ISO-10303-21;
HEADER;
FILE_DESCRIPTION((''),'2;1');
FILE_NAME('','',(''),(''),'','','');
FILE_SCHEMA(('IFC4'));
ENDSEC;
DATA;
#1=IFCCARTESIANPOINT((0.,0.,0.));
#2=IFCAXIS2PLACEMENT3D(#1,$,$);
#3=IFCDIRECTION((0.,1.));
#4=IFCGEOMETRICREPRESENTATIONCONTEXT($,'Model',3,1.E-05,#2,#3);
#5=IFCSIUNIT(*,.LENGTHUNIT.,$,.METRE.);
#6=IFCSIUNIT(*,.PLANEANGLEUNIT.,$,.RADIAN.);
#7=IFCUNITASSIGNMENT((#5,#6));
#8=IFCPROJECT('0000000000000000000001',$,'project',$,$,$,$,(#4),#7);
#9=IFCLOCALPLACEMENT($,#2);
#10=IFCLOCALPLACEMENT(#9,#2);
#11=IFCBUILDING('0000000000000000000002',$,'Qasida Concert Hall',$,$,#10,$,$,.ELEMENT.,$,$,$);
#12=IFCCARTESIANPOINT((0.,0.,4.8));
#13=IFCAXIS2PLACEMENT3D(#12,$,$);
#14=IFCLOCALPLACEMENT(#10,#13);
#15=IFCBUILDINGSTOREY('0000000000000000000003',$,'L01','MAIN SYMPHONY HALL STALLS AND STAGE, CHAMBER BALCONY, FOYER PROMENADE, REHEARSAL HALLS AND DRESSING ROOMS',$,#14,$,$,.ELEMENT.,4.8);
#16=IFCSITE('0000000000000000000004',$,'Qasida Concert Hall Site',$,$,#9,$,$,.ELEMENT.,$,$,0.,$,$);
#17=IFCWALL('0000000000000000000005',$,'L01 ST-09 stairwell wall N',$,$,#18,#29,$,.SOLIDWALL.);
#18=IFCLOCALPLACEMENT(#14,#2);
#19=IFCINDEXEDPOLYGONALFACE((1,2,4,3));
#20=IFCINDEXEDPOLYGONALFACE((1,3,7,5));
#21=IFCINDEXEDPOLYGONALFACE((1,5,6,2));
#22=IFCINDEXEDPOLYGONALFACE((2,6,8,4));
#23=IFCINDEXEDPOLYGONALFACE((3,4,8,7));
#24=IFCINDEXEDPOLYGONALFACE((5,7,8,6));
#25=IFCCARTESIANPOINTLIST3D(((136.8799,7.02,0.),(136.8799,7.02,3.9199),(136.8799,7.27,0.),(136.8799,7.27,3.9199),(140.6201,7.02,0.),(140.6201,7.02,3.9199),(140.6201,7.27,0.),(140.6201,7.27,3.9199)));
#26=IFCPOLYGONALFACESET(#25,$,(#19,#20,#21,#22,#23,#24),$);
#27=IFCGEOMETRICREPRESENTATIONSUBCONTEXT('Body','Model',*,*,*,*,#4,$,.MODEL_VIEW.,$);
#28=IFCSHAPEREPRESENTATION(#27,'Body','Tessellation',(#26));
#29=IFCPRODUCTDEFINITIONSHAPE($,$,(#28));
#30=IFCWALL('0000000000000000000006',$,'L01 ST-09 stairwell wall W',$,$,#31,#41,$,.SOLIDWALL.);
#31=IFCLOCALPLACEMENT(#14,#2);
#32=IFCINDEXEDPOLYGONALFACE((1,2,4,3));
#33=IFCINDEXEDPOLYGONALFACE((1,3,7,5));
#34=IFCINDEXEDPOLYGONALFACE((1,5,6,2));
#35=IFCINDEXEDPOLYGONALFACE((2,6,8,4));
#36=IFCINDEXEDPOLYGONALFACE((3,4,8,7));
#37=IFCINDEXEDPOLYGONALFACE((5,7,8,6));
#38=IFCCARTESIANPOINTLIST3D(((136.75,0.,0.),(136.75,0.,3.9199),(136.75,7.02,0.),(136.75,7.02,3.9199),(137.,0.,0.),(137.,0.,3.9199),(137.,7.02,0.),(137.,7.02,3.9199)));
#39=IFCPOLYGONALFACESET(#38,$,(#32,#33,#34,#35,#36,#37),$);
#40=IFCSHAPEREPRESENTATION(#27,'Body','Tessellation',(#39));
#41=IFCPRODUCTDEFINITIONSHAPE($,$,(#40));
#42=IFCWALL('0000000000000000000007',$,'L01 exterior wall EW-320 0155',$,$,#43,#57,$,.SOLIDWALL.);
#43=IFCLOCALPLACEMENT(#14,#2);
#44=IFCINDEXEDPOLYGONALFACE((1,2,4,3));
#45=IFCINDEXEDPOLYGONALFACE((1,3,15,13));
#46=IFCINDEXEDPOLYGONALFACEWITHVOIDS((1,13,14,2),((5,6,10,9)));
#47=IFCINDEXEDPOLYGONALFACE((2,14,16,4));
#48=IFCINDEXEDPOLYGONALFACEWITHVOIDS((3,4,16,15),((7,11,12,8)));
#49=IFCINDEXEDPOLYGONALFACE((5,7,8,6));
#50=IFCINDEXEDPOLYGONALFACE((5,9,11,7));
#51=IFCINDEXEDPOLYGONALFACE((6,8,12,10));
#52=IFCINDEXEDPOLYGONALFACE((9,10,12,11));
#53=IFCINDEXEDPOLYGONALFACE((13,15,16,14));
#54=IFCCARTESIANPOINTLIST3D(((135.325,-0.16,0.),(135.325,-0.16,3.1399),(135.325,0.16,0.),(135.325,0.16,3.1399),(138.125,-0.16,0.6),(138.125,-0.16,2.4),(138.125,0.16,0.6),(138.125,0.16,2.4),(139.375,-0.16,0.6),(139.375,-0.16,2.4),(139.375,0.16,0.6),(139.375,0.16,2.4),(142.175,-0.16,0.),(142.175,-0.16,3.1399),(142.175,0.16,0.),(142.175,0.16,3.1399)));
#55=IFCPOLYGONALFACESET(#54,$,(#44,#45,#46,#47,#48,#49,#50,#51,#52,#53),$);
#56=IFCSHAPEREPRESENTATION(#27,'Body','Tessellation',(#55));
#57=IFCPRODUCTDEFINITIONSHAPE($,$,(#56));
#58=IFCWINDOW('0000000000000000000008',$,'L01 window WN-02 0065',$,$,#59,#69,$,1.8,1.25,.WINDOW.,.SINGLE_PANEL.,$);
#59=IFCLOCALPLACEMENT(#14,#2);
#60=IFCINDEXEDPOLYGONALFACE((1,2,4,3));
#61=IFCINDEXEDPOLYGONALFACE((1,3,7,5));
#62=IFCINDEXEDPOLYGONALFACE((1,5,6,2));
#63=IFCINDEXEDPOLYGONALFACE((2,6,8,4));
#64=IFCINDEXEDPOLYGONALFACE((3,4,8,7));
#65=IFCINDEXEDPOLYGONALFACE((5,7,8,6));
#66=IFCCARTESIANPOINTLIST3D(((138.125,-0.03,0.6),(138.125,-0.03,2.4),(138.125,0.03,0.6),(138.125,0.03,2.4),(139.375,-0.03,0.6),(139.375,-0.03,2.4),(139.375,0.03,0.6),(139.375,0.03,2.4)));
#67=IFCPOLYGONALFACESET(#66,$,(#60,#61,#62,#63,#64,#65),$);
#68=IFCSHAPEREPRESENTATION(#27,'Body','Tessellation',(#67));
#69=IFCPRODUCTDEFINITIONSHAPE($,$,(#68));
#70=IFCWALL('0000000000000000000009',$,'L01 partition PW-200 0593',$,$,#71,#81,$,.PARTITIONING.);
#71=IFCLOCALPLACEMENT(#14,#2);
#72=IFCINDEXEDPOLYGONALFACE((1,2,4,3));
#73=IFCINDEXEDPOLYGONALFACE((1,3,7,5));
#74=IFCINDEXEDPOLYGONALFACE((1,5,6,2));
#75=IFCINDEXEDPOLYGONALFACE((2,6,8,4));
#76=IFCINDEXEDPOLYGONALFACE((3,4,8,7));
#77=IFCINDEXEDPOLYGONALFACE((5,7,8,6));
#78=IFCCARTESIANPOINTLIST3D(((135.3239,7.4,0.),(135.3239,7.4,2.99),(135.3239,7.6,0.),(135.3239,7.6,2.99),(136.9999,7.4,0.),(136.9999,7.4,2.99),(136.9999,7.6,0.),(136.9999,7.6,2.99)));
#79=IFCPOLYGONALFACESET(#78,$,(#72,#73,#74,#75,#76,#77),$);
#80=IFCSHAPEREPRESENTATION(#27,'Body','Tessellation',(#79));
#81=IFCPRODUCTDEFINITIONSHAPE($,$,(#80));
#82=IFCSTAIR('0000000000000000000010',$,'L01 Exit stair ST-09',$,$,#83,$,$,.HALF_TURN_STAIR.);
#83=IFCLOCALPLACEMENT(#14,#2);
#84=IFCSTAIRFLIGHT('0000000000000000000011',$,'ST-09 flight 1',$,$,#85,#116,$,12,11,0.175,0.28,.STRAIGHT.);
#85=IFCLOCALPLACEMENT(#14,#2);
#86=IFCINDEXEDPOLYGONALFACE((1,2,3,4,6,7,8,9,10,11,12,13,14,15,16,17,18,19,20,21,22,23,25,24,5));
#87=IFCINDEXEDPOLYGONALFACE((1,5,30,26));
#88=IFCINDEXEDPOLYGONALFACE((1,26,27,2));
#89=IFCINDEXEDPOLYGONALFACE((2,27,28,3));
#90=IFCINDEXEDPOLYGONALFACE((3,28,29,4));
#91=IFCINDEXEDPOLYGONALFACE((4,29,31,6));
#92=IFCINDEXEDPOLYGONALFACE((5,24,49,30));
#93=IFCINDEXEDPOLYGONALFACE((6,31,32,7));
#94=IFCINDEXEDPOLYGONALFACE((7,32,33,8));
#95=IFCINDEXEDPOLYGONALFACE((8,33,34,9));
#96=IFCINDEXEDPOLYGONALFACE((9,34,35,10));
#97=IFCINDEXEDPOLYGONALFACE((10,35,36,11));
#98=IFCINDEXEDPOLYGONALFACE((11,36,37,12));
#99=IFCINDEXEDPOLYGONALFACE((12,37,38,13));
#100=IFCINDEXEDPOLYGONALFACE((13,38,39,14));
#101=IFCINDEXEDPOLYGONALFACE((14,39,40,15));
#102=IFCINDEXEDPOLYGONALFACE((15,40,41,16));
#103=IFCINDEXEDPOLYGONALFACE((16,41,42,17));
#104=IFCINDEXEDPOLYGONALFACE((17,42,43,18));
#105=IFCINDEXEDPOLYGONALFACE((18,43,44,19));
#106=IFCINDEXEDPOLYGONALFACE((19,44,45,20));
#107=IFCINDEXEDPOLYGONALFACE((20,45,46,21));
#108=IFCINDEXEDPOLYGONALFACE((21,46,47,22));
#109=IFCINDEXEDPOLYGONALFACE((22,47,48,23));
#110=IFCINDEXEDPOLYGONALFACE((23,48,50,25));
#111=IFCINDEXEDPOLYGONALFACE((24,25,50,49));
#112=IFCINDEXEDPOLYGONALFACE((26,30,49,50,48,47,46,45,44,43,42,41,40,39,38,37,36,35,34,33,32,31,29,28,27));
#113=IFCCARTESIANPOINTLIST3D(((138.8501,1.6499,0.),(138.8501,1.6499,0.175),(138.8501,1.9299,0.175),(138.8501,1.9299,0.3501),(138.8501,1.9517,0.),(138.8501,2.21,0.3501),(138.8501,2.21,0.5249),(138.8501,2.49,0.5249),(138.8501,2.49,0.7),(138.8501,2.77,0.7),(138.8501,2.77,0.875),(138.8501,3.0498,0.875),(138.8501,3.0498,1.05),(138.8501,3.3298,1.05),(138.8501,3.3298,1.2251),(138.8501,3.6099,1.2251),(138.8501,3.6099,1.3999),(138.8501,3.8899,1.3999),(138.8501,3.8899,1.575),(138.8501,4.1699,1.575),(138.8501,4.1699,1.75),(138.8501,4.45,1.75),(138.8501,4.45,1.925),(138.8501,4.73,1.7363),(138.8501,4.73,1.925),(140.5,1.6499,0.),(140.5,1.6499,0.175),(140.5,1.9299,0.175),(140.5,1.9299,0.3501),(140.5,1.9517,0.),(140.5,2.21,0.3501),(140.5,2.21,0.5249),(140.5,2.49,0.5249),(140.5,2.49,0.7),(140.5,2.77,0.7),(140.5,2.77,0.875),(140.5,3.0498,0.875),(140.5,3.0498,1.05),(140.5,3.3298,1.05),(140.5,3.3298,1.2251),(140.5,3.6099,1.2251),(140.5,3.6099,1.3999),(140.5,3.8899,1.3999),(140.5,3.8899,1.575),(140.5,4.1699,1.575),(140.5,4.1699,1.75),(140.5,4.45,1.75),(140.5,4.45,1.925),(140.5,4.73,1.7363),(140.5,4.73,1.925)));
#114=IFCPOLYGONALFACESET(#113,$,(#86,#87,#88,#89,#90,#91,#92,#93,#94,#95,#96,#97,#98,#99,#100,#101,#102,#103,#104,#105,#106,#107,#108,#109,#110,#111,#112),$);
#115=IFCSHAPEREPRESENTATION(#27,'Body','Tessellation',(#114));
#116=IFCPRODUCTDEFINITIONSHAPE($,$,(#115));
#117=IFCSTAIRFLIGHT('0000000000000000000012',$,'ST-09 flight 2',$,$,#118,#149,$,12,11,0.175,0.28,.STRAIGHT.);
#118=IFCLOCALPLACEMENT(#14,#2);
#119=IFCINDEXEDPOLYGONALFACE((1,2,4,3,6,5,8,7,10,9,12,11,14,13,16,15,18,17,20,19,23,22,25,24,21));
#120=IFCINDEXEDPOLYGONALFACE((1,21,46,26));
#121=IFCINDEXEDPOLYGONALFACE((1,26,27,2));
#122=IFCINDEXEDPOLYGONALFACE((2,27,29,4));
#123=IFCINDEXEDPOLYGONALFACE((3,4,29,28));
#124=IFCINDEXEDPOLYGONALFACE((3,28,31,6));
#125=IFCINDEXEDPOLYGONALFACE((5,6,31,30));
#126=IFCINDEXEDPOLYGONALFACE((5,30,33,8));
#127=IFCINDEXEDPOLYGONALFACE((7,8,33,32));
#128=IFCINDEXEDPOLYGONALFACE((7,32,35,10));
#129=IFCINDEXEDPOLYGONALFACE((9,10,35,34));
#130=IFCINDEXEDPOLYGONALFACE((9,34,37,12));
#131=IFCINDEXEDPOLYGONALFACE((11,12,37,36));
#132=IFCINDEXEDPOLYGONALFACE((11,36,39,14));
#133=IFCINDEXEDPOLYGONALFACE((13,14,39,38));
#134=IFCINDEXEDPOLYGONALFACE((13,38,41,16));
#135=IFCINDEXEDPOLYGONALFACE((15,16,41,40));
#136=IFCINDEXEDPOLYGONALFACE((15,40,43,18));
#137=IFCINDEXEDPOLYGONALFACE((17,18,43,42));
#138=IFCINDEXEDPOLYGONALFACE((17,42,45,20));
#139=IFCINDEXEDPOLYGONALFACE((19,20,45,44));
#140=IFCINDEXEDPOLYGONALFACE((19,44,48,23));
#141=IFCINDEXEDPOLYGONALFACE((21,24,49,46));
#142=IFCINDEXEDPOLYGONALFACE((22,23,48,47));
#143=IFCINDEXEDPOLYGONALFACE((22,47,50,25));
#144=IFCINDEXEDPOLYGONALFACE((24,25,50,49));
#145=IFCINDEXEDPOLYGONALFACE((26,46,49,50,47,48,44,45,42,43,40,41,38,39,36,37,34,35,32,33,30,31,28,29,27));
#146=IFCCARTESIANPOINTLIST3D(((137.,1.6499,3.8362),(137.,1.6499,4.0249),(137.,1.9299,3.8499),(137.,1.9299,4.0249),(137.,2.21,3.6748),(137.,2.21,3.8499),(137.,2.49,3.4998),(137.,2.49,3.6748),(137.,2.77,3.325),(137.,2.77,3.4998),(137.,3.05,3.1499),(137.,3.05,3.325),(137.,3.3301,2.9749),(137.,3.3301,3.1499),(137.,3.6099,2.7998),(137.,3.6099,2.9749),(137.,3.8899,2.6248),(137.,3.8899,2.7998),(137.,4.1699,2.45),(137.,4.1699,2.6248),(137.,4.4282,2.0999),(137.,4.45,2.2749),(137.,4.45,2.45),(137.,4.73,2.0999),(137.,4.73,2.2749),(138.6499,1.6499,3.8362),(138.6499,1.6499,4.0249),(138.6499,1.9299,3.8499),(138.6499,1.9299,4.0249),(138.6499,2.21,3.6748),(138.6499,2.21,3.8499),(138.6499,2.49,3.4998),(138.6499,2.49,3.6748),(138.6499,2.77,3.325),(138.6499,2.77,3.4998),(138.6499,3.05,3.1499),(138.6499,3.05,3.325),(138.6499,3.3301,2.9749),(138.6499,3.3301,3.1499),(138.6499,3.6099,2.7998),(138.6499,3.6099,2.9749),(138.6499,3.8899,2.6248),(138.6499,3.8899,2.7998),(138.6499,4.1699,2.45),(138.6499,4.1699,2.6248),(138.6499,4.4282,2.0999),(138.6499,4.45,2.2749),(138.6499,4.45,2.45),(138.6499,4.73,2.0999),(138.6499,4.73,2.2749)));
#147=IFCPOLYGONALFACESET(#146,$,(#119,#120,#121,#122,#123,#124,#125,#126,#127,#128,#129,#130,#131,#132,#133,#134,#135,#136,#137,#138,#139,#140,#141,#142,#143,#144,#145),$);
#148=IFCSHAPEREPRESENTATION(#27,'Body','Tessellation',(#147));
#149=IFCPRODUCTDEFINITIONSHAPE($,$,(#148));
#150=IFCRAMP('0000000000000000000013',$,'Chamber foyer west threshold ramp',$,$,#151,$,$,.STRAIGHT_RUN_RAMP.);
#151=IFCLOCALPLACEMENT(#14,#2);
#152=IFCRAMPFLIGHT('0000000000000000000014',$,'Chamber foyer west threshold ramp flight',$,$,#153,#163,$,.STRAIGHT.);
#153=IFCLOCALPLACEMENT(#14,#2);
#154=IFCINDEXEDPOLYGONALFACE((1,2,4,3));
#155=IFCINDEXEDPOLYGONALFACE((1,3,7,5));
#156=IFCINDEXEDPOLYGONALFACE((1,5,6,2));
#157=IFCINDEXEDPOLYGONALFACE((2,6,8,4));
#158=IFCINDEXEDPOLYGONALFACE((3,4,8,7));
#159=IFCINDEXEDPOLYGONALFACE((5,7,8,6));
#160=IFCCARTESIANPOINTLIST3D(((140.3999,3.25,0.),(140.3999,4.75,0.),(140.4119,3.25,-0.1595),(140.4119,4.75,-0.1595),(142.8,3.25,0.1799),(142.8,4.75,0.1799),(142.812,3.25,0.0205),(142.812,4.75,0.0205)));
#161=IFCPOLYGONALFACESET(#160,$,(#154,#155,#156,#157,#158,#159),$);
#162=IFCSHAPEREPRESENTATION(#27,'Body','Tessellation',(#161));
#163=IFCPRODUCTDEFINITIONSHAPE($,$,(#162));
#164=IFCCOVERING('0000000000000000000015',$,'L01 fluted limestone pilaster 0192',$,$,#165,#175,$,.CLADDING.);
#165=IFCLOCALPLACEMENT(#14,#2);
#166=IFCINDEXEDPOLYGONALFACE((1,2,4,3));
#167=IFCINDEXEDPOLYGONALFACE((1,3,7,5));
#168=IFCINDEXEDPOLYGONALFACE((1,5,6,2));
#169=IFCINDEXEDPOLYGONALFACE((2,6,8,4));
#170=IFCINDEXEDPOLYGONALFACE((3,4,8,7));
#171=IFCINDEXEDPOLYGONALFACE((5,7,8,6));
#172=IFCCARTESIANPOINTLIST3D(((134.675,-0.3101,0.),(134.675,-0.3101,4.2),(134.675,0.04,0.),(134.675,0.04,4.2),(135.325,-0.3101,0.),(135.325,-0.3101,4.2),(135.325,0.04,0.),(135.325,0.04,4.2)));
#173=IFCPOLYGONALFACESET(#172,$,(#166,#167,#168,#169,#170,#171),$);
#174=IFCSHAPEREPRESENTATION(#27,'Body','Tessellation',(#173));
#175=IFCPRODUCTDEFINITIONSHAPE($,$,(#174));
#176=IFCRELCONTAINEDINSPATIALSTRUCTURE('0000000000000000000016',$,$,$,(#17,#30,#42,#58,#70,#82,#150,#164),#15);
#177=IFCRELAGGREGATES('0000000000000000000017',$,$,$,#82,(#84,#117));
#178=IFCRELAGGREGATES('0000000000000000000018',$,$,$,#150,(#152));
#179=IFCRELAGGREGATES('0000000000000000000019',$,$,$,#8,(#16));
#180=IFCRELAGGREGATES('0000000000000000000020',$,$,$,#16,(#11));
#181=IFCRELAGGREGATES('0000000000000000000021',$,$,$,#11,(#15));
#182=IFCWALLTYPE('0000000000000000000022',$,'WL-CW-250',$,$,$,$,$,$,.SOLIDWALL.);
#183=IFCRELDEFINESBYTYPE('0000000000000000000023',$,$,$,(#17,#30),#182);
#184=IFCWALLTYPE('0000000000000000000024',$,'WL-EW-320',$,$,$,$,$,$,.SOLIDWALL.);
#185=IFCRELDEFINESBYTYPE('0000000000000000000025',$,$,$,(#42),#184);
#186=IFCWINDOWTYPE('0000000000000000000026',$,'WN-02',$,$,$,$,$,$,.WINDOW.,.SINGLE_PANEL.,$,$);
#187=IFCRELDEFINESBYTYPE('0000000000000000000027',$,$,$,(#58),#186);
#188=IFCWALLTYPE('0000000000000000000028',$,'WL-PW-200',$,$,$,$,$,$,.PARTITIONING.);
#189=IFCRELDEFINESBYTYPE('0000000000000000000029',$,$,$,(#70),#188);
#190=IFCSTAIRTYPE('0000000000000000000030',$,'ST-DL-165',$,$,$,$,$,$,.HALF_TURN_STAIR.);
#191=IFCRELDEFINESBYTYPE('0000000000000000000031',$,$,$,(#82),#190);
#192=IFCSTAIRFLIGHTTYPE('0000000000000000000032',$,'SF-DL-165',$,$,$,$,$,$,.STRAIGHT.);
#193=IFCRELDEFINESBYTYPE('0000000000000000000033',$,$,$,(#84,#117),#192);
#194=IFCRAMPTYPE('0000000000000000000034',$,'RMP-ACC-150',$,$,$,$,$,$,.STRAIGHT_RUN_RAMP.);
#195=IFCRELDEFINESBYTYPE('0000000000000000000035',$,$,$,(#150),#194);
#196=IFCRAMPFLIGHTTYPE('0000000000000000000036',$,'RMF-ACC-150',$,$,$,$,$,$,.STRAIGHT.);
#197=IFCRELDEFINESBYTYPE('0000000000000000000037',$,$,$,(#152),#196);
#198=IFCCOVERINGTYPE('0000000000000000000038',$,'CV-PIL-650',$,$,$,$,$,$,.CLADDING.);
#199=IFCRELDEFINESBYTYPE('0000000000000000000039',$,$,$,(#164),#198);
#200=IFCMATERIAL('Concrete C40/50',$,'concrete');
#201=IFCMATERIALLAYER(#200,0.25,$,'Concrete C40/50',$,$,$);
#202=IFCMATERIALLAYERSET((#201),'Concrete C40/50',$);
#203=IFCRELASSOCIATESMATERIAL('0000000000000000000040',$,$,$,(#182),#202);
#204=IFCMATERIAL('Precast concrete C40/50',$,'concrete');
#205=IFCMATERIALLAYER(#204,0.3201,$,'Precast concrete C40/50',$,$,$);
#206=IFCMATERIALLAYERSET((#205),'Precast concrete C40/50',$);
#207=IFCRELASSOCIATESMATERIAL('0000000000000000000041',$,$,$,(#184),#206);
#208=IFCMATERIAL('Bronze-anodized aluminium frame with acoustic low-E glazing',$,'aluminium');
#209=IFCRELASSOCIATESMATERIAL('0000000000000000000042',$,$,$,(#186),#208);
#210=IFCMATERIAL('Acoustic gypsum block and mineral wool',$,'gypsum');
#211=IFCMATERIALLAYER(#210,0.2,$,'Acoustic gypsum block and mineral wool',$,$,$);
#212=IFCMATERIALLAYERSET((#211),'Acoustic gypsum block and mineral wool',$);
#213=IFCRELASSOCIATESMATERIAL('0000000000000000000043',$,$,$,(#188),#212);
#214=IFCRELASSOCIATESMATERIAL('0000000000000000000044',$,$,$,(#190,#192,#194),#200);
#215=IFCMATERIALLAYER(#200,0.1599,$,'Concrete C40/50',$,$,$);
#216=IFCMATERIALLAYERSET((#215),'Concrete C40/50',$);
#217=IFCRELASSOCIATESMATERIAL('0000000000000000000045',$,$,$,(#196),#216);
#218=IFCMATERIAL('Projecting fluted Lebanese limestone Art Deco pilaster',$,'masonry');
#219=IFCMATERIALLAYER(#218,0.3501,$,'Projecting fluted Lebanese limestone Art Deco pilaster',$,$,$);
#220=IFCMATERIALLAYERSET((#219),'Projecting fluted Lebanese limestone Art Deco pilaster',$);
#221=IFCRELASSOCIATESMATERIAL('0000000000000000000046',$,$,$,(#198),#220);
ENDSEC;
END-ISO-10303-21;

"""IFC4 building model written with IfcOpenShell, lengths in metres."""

from ifc_helpers import new_model, si_unit, direction, frame, frame_2d, origin, origin_2d, place, context, subcontext, project, spatial, polyline, rectangle, outline, extrude, material, layer, layer_set, type_object, element, fill, aggregate, save


model = new_model("IFC4")

# Units and contexts
model_context = context("Model", 3, precision=1e-05, world=origin(), true_north=direction((0.0, 1.0)))
body_context = subcontext(model_context, "Body", "Model", "MODEL_VIEW")
ifc_project = project(units=[si_unit("LENGTHUNIT", "METRE"), si_unit("PLANEANGLEUNIT", "RADIAN")], contexts=[model_context])

# Site, building, storey
site_placement = place(None, origin())
site = spatial("IfcSite", under=ifc_project, at=site_placement, Name="Qasida Concert Hall Site", CompositionType="ELEMENT", RefElevation=0.0)
building_placement = place(site_placement, origin())
building = spatial("IfcBuilding", under=site, at=building_placement, Name="Qasida Concert Hall", CompositionType="ELEMENT")
storey_placement = place(building_placement, frame((0.0, 0.0, 4.8)))
storey = spatial("IfcBuildingStorey", under=building, at=storey_placement, Name="L01", Description="MAIN SYMPHONY HALL STALLS AND STAGE, CHAMBER BALCONY, FOYER PROMENADE, REHEARSAL HALLS AND DRESSING ROOMS", CompositionType="ELEMENT", Elevation=4.8)

# Shared definitions
ifc_material_1 = material(Name="Concrete C40/50", Category="concrete")

# Walls
ifc_layer_1 = layer(ifc_material_1, 0.25, Name="Concrete C40/50")
ifc_layer_set_1 = layer_set([ifc_layer_1], Name="Concrete C40/50")
wall_type_1 = type_object("IfcWallType", Name="WL-CW-250", PredefinedType="SOLIDWALL", material=ifc_layer_set_1)
wall_1_placement = place(storey_placement, frame((136.8799, 7.145, 0.0), z_axis=(0.0, 0.0, 1.0), x_axis=(1.0, 0.0, 0.0)))
element("IfcWall", 1, at=wall_1_placement, inside=storey, type_object=wall_type_1, Name="L01 ST-09 stairwell wall N", PredefinedType="SOLIDWALL", context=body_context, shape_type="SweptSolid", body=[
    extrude(rectangle(XDim=3.7402, YDim=0.25, at=frame_2d((1.8701, 0.0))), origin(), (0.0, 0.0, 1.0), 3.9199),
])
wall_2_placement = place(storey_placement, frame((136.875, 0.0, 0.0), z_axis=(0.0, 0.0, 1.0), x_axis=(0.0, 1.0, 0.0)))
element("IfcWall", 2, at=wall_2_placement, inside=storey, type_object=wall_type_1, Name="L01 ST-09 stairwell wall W", PredefinedType="SOLIDWALL", context=body_context, shape_type="SweptSolid", body=[
    extrude(rectangle(XDim=7.02, YDim=0.25, at=frame_2d((3.51, 0.0))), origin(), (0.0, 0.0, 1.0), 3.9199),
])

# Wall, opening, window
ifc_material_2 = material(Name="Precast concrete C40/50", Category="concrete")
ifc_layer_2 = layer(ifc_material_2, 0.3201, Name="Precast concrete C40/50")
ifc_layer_set_2 = layer_set([ifc_layer_2], Name="Precast concrete C40/50")
wall_type_2 = type_object("IfcWallType", Name="WL-EW-320", PredefinedType="SOLIDWALL", material=ifc_layer_set_2)
wall_3_placement = place(storey_placement, frame((135.325, 0.0, 0.0), z_axis=(0.0, 0.0, 1.0), x_axis=(1.0, 0.0, 0.0)))
wall_3 = element("IfcWall", 3, at=wall_3_placement, inside=storey, type_object=wall_type_2, Name="L01 exterior wall EW-320 0155", PredefinedType="SOLIDWALL", context=body_context, shape_type="SweptSolid", body=[
    extrude(rectangle(XDim=6.8501, YDim=0.3201, at=frame_2d((3.425, 0.0))), origin(), (0.0, 0.0, 1.0), 3.1399),
])
opening_placement = place(wall_3_placement, frame((2.8, 0.0, 0.6001)))
opening = element("IfcOpeningElement", 4, at=opening_placement, cuts=wall_3, PredefinedType="OPENING", context=body_context, shape_type="SweptSolid", body=[
    extrude(rectangle(XDim=1.25, YDim=1.8, at=frame_2d((0.625, 0.8999))), frame((0.0, 0.1699, 0.0), z_axis=(0.0, -1.0, 0.0), x_axis=(1.0, 0.0, 0.0)), (0.0, 0.0, 1.0), 0.3401),
])
ifc_material_3 = material(Name="Bronze-anodized aluminium frame with acoustic low-E glazing", Category="aluminium")
window_type = type_object("IfcWindowType", Name="WN-02", PartitioningType="SINGLE_PANEL", PredefinedType="WINDOW", material=ifc_material_3)
window_placement = place(opening_placement, origin())
window = element("IfcWindow", 5, at=window_placement, inside=storey, type_object=window_type, Name="L01 window WN-02 0065", OverallHeight=1.8, OverallWidth=1.25, PartitioningType="SINGLE_PANEL", PredefinedType="WINDOW", context=body_context, shape_type="SweptSolid", body=[
    extrude(rectangle(XDim=1.25, YDim=1.8, at=frame_2d((0.625, 0.8999))), frame((0.0, 0.03, 0.0), z_axis=(0.0, -1.0, 0.0), x_axis=(1.0, 0.0, 0.0)), (0.0, 0.0, 1.0), 0.0601),
])
fill(opening, window)

# Wall
ifc_material_4 = material(Name="Acoustic gypsum block and mineral wool", Category="gypsum")
ifc_layer_3 = layer(ifc_material_4, 0.2, Name="Acoustic gypsum block and mineral wool")
ifc_layer_set_3 = layer_set([ifc_layer_3], Name="Acoustic gypsum block and mineral wool")
wall_type_3 = type_object("IfcWallType", Name="WL-PW-200", PredefinedType="PARTITIONING", material=ifc_layer_set_3)
wall_4_placement = place(storey_placement, frame((135.324, 7.5, 0.0), z_axis=(0.0, 0.0, 1.0), x_axis=(1.0, 0.0, 0.0)))
element("IfcWall", 6, at=wall_4_placement, inside=storey, type_object=wall_type_3, Name="L01 partition PW-200 0593", PredefinedType="PARTITIONING", context=body_context, shape_type="SweptSolid", body=[
    extrude(rectangle(XDim=1.676, YDim=0.2, at=frame_2d((0.8379, 0.0))), origin(), (0.0, 0.0, 1.0), 2.99),
])

# Stair, stair flights
stair_type = type_object("IfcStairType", Name="ST-DL-165", PredefinedType="HALF_TURN_STAIR", material=ifc_material_1)
stair_placement = place(storey_placement, origin())
stair = element("IfcStair", 7, at=stair_placement, inside=storey, type_object=stair_type, Name="L01 Exit stair ST-09", PredefinedType="HALF_TURN_STAIR")
stair_flight_type = type_object("IfcStairFlightType", Name="SF-DL-165", PredefinedType="STRAIGHT", material=ifc_material_1)
stair_flight_1_placement = place(storey_placement, frame((139.675, 1.6499, 0.0), z_axis=(0.0, 0.0, 1.0), x_axis=(0.0, 1.0, 0.0)))
stair_flight_1 = element("IfcStairFlight", 8, at=stair_flight_1_placement, type_object=stair_flight_type, Name="ST-09 flight 1", NumberOfRisers=12, NumberOfTreads=11, PredefinedType="STRAIGHT", RiserHeight=0.175, TreadLength=0.28, context=body_context, shape_type="SweptSolid", body=[
    extrude(outline(polyline([(0.0, 0.0), (0.0, 0.175), (0.28, 0.175), (0.28, 0.3501), (0.5601, 0.3501), (0.5601, 0.5249), (0.8401, 0.5249), (0.8401, 0.7), (1.1201, 0.7), (1.1201, 0.875), (1.3999, 0.875), (1.3999, 1.05), (1.6799, 1.05), (1.6799, 1.2251), (1.96, 1.2251), (1.96, 1.3999), (2.24, 1.3999), (2.24, 1.575), (2.52, 1.575), (2.52, 1.75), (2.8, 1.75), (2.8, 1.925), (3.0801, 1.925), (3.0801, 2.1001), (3.0801, 1.7363), (0.3018, 0.0), (0.0, 0.0)])), frame((0.0, 0.825, 0.0), z_axis=(0.0, -1.0, 0.0), x_axis=(1.0, 0.0, 0.0)), (0.0, 0.0, 1.0), 1.6499),
])
stair_flight_2_placement = place(storey_placement, frame((137.825, 4.73, 2.0999), z_axis=(0.0, 0.0, 1.0), x_axis=(0.0, -1.0, 0.0)))
stair_flight_2 = element("IfcStairFlight", 9, at=stair_flight_2_placement, type_object=stair_flight_type, Name="ST-09 flight 2", NumberOfRisers=12, NumberOfTreads=11, PredefinedType="STRAIGHT", RiserHeight=0.175, TreadLength=0.28, context=body_context, shape_type="SweptSolid", body=[
    extrude(outline(polyline([(0.0, 0.0), (0.0, 0.175), (0.28, 0.175), (0.28, 0.3501), (0.5601, 0.3501), (0.5601, 0.5249), (0.8401, 0.5249), (0.8401, 0.7), (1.1201, 0.7), (1.1201, 0.875), (1.3999, 0.875), (1.3999, 1.05), (1.6799, 1.05), (1.6799, 1.2251), (1.96, 1.2251), (1.96, 1.3999), (2.24, 1.3999), (2.24, 1.575), (2.52, 1.575), (2.52, 1.75), (2.8, 1.75), (2.8, 1.925), (3.0801, 1.925), (3.0801, 2.1001), (3.0801, 1.7363), (0.3018, 0.0), (0.0, 0.0)])), frame((0.0, 0.825, 0.0), z_axis=(0.0, -1.0, 0.0), x_axis=(1.0, 0.0, 0.0)), (0.0, 0.0, 1.0), 1.6499),
])
aggregate(stair, [stair_flight_1, stair_flight_2])

# Ramp, ramp flight
ramp_type = type_object("IfcRampType", Name="RMP-ACC-150", PredefinedType="STRAIGHT_RUN_RAMP", material=ifc_material_1)
ramp_placement = place(storey_placement, origin())
ramp = element("IfcRamp", 10, at=ramp_placement, inside=storey, type_object=ramp_type, Name="Chamber foyer west threshold ramp", PredefinedType="STRAIGHT_RUN_RAMP")
ifc_layer_4 = layer(ifc_material_1, 0.1599, Name="Concrete C40/50")
ifc_layer_set_4 = layer_set([ifc_layer_4], Name="Concrete C40/50")
ramp_flight_type = type_object("IfcRampFlightType", Name="RMF-ACC-150", PredefinedType="STRAIGHT", material=ifc_layer_set_4)
ramp_flight_placement = place(storey_placement, frame((140.3999, 3.25, 0.0), z_axis=(-0.074757, 0.0, 0.997202), x_axis=(0.997202, 0.0, 0.074757)))
ramp_flight = element("IfcRampFlight", 11, at=ramp_flight_placement, type_object=ramp_flight_type, Name="Chamber foyer west threshold ramp flight", PredefinedType="STRAIGHT", context=body_context, shape_type="SweptSolid", body=[
    extrude(outline(polyline([(0.0, 0.0), (2.4069, 0.0), (2.4069, 1.5), (0.0, 1.5), (0.0, 0.0)])), origin(), (0.0, 0.0, -1.0), 0.1599),
])
aggregate(ramp, [ramp_flight])

# Covering
ifc_material_5 = material(Name="Projecting fluted Lebanese limestone Art Deco pilaster", Category="masonry")
ifc_layer_5 = layer(ifc_material_5, 0.3501, Name="Projecting fluted Lebanese limestone Art Deco pilaster")
ifc_layer_set_5 = layer_set([ifc_layer_5], Name="Projecting fluted Lebanese limestone Art Deco pilaster")
covering_type = type_object("IfcCoveringType", Name="CV-PIL-650", PredefinedType="CLADDING", material=ifc_layer_set_5)
covering_placement = place(storey_placement, frame((135.0, -0.135, 0.0), z_axis=(0.0, 0.0, 1.0), x_axis=(1.0, 0.0, 0.0)))
element("IfcCovering", 12, at=covering_placement, inside=storey, type_object=covering_type, Name="L01 fluted limestone pilaster 0192", PredefinedType="CLADDING", context=body_context, shape_type="SweptSolid", body=[
    extrude(rectangle(XDim=0.6499, YDim=0.3501, at=origin_2d()), origin(), (0.0, 0.0, 1.0), 4.2),
])

save(model, "model.ifc")
